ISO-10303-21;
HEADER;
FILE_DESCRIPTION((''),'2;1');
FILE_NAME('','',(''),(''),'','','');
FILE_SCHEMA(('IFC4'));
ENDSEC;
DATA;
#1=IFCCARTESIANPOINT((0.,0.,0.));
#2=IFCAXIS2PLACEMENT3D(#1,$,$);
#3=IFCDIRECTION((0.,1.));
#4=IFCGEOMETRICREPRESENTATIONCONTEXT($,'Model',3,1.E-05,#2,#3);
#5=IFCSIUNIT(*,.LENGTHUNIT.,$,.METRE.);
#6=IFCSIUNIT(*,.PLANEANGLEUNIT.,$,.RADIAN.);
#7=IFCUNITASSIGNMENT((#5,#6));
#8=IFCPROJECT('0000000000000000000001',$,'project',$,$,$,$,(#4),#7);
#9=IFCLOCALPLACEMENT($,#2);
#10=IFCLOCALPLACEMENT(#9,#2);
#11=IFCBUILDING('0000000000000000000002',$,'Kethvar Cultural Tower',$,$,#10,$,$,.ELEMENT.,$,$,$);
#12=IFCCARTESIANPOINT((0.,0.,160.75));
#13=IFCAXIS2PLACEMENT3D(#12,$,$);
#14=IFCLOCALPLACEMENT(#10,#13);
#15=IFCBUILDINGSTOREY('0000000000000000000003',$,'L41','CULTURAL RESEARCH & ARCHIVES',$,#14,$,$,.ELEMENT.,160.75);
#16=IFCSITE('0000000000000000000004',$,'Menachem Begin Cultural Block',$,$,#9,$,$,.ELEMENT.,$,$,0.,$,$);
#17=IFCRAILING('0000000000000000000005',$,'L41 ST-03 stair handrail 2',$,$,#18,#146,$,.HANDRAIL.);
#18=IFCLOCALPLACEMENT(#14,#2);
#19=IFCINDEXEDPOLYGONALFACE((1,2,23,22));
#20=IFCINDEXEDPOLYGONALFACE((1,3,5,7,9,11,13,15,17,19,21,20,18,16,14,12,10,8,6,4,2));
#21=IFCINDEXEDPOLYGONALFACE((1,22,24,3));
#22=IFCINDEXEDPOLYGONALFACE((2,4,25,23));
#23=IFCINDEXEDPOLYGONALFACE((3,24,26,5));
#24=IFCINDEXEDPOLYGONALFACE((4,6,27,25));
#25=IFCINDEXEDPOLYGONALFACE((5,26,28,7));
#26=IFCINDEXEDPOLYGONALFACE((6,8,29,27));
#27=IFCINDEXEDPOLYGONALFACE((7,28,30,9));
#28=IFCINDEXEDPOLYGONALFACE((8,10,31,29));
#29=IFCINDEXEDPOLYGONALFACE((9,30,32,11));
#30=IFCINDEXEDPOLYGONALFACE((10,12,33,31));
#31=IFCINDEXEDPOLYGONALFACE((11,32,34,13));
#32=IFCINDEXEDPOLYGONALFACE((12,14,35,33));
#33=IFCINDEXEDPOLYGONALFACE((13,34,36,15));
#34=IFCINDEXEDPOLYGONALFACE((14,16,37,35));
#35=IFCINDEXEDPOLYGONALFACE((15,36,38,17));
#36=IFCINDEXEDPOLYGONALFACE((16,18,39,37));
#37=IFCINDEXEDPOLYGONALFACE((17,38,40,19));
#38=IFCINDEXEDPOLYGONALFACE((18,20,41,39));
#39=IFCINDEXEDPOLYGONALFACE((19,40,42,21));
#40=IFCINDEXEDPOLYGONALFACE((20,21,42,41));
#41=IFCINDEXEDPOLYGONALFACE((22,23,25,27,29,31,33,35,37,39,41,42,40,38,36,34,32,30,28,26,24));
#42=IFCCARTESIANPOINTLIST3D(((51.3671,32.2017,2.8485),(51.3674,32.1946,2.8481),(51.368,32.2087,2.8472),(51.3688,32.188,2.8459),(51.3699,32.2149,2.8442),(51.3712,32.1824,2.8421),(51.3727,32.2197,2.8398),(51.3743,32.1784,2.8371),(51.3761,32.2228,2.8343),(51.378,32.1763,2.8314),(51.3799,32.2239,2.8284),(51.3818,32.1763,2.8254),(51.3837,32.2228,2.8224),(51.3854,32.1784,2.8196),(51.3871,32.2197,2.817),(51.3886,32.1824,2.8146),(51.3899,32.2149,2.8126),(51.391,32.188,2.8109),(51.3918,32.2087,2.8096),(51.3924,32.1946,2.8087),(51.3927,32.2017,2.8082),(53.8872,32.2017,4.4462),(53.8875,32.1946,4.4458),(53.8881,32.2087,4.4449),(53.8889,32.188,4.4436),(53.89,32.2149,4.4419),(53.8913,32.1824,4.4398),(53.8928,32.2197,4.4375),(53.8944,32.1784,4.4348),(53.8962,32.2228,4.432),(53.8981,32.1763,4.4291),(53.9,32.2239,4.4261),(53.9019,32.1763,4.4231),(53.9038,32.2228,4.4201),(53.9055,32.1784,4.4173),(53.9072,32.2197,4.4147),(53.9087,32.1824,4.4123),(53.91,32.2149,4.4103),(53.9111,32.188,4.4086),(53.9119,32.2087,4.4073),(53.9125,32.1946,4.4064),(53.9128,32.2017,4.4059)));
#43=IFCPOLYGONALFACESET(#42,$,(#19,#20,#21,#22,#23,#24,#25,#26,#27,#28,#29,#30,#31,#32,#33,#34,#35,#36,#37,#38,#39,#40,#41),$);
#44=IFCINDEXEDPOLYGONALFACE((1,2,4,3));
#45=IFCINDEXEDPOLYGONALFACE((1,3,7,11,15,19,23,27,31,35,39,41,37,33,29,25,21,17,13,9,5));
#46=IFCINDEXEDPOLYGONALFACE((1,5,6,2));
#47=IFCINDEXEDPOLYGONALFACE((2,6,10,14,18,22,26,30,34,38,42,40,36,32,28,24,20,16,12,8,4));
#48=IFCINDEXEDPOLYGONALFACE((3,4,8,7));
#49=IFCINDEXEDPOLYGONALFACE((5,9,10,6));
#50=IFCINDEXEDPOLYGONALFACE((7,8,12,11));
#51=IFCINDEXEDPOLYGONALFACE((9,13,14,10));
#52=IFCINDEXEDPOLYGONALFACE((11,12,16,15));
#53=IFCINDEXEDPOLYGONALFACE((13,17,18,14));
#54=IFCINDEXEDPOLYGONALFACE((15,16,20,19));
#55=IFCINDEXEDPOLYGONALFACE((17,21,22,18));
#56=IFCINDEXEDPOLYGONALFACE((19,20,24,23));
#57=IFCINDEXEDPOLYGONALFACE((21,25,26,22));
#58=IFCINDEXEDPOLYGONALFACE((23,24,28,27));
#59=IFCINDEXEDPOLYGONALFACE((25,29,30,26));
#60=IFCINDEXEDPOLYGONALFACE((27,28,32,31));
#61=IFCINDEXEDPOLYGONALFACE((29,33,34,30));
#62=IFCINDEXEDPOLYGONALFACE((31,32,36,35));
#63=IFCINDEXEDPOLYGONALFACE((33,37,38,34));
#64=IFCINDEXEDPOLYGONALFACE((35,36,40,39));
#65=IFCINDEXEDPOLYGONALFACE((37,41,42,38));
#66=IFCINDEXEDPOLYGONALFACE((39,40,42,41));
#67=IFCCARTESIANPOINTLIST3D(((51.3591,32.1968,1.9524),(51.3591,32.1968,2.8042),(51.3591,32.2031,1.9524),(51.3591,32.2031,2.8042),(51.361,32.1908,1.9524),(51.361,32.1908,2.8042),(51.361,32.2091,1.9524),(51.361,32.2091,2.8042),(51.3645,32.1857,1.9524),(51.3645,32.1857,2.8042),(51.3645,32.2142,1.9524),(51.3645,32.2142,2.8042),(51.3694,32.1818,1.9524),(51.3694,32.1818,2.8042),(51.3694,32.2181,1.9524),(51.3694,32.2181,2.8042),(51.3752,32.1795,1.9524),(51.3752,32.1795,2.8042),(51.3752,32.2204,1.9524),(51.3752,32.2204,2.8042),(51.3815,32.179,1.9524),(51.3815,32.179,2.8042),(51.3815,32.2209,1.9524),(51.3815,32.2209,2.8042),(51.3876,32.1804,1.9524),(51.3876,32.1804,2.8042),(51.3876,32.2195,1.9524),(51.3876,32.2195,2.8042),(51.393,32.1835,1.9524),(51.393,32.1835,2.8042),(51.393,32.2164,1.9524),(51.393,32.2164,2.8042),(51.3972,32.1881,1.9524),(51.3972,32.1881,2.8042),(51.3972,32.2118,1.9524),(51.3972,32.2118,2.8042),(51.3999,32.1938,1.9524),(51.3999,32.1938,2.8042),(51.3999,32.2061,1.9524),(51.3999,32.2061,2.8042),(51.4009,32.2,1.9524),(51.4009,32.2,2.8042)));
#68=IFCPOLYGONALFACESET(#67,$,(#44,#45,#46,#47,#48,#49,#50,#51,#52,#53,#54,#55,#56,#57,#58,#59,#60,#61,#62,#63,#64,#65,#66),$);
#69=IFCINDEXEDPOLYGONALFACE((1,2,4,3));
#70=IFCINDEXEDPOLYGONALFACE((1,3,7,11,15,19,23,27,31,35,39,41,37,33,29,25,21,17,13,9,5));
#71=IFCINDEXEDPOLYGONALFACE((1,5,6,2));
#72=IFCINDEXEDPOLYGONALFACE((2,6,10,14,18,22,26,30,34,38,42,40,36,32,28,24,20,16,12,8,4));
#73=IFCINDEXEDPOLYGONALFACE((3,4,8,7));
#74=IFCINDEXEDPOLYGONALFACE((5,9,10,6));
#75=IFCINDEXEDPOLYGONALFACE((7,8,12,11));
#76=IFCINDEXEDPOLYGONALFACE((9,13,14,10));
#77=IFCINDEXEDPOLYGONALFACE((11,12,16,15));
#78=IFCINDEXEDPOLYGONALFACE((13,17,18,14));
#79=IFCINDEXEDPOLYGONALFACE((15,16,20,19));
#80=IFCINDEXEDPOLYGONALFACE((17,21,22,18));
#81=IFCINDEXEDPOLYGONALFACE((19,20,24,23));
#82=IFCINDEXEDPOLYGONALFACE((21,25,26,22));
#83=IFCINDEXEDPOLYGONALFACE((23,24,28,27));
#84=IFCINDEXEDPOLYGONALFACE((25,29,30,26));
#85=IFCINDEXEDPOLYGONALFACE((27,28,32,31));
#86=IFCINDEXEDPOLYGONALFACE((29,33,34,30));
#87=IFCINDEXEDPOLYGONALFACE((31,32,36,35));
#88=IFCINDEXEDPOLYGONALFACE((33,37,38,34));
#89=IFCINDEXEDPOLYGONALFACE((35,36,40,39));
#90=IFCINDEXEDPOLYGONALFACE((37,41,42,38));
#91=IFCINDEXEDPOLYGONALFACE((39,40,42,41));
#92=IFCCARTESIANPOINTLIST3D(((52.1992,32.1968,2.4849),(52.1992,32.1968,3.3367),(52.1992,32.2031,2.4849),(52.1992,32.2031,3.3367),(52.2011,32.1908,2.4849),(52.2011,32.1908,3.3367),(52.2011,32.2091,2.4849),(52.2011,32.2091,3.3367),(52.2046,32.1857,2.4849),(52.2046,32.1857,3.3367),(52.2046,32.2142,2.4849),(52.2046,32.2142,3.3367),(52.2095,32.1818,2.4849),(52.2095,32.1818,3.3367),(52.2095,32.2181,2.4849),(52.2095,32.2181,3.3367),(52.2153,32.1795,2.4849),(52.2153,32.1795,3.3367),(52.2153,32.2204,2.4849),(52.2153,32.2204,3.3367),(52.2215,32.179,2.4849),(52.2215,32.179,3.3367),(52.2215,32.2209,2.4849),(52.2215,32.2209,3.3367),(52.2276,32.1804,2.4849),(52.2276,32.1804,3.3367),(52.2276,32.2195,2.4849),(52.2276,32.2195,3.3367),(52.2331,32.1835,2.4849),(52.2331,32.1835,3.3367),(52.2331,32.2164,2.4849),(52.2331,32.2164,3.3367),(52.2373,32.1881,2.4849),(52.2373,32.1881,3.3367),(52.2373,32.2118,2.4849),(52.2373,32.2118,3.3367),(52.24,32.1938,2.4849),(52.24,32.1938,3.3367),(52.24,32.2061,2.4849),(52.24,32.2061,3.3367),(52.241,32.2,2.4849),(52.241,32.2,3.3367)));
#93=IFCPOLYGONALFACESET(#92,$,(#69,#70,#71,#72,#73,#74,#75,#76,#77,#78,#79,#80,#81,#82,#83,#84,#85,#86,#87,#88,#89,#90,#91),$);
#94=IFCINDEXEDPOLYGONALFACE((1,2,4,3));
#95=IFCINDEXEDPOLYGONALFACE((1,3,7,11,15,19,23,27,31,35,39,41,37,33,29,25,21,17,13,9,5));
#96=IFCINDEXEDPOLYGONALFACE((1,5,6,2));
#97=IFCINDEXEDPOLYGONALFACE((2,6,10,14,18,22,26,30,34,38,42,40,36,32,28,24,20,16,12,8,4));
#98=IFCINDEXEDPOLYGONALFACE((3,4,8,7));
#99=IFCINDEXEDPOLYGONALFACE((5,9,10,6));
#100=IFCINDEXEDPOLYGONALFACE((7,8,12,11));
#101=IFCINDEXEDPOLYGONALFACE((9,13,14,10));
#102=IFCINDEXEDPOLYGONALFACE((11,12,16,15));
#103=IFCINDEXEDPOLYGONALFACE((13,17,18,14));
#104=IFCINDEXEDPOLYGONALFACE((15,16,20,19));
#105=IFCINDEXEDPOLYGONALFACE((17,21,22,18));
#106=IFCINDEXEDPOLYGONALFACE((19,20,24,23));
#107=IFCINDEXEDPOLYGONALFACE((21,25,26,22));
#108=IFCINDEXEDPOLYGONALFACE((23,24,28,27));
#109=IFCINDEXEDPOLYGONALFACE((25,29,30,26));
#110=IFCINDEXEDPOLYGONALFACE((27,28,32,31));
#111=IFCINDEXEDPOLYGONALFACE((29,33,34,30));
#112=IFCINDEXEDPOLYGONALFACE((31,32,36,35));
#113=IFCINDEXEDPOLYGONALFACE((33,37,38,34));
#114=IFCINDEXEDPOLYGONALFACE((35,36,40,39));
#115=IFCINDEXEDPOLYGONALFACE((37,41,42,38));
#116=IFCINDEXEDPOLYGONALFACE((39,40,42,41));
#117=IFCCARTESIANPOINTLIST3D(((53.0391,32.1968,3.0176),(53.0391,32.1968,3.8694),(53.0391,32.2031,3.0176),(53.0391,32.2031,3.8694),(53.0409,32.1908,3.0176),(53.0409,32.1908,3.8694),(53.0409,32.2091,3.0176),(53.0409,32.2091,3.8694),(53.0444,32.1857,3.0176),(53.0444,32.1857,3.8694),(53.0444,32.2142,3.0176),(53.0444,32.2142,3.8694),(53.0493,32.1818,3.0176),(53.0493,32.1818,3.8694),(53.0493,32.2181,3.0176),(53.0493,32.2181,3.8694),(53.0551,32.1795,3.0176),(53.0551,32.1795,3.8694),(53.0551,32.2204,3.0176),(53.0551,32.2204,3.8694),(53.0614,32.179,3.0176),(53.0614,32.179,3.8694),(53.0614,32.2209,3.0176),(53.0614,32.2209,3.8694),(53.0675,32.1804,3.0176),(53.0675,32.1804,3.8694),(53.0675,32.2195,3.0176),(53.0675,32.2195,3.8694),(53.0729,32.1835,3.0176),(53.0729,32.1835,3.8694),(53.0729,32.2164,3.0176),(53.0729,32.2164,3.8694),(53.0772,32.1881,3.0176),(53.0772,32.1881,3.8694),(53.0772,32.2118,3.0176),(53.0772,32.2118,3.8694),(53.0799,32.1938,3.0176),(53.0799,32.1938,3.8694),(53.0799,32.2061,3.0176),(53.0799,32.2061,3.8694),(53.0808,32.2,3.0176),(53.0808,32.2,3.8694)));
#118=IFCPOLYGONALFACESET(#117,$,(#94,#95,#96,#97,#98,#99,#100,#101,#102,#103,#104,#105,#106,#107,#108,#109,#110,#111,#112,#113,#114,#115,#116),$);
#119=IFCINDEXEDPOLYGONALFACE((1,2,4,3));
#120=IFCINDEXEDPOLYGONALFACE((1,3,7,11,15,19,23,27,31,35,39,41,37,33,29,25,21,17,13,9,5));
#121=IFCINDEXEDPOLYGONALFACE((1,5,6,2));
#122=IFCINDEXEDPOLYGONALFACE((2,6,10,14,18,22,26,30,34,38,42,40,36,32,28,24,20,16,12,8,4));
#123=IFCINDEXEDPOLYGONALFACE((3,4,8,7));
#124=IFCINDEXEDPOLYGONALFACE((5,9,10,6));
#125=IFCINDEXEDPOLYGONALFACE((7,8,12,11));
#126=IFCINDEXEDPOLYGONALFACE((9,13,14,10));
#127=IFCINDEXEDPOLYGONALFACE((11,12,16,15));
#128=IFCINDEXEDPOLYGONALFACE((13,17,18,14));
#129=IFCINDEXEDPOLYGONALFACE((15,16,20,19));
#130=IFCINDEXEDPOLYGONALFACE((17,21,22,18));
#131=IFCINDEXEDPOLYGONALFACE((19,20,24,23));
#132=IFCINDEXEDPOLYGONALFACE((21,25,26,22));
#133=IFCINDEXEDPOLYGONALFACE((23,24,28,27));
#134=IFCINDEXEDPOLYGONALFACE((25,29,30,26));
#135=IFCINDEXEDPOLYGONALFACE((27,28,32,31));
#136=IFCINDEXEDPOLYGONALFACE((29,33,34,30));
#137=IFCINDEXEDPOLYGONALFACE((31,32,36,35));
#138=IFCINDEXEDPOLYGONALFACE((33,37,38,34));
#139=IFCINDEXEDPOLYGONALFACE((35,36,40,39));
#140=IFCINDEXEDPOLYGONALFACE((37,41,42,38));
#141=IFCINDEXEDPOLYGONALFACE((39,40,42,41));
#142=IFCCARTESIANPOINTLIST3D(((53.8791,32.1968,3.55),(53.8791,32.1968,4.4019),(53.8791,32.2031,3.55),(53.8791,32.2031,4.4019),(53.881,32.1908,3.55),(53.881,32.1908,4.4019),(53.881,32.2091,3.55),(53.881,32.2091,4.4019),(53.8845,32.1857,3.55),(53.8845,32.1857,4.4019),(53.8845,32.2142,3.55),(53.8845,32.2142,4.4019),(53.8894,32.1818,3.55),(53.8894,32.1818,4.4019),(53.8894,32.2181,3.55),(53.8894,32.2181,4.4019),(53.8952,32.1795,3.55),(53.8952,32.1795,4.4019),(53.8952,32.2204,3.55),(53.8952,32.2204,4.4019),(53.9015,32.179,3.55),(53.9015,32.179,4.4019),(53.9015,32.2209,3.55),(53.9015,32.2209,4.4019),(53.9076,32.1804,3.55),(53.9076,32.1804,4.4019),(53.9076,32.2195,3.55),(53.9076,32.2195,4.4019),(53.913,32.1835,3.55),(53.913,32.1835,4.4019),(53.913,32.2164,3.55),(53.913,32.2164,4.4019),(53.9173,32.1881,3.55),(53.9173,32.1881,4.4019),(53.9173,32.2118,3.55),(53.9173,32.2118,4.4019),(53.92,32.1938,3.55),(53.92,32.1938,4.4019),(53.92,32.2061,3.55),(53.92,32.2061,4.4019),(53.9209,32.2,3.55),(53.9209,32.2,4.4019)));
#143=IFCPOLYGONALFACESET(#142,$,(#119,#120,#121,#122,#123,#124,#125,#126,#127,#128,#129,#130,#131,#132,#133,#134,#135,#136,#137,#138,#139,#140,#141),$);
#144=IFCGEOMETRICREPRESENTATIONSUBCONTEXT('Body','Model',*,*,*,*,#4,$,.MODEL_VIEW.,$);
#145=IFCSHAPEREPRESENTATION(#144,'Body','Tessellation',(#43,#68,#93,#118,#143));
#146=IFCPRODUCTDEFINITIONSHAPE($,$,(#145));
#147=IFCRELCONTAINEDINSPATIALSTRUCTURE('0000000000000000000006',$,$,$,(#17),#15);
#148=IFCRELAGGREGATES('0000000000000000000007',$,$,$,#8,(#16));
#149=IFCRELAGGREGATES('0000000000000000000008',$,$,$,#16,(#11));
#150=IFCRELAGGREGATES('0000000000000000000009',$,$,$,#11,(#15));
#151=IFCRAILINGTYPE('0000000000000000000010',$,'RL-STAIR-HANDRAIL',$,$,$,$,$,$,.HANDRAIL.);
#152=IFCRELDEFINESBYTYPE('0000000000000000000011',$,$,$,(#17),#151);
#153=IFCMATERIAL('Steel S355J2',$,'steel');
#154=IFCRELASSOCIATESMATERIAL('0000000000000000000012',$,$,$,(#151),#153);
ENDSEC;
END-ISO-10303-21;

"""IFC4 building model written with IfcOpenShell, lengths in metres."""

from ifc_helpers import new_model, si_unit, direction, frame, origin, origin_2d, place, context, subcontext, project, spatial, circle, extrude, material, type_object, element, save


model = new_model("IFC4")

# Units and contexts
model_context = context("Model", 3, precision=1e-05, world=origin(), true_north=direction((0.0, 1.0)))
body_context = subcontext(model_context, "Body", "Model", "MODEL_VIEW")
ifc_project = project(units=[si_unit("LENGTHUNIT", "METRE"), si_unit("PLANEANGLEUNIT", "RADIAN")], contexts=[model_context])

# Site, building, storey
site_placement = place(None, origin())
site = spatial("IfcSite", under=ifc_project, at=site_placement, Name="Menachem Begin Cultural Block", CompositionType="ELEMENT", RefElevation=0.0)
building_placement = place(site_placement, origin())
building = spatial("IfcBuilding", under=site, at=building_placement, Name="Kethvar Cultural Tower", CompositionType="ELEMENT")
storey_placement = place(building_placement, frame((0.0, 0.0, 160.75)))
storey = spatial("IfcBuildingStorey", under=building, at=storey_placement, Name="L41", Description="CULTURAL RESEARCH & ARCHIVES", CompositionType="ELEMENT", Elevation=160.75)

# Shared definitions
ifc_material_1 = material(Name="Steel S355J2", Category="steel")

# Railing
railing_type_1 = type_object("IfcRailingType", Name="RL-STAIR-HANDRAIL", PredefinedType="HANDRAIL", material=ifc_material_1)
railing_1_placement = place(storey_placement, frame((51.3799, 32.2, 1.9524)))
element("IfcRailing", 1, at=railing_1_placement, inside=storey, type_object=railing_type_1, Name="L41 ST-03 stair handrail 2", PredefinedType="HANDRAIL", context=body_context, shape_type="SweptSolid", body=[
    extrude(circle(Radius=0.0239, at=origin_2d()), frame((0.0, 0.0, 0.876), z_axis=(0.84457, 0.0, 0.535445), x_axis=(0.0, 1.0, 0.0)), (0.0, 0.0, 1.0), 2.9839),
    extrude(circle(Radius=0.021, at=origin_2d()), origin(), (0.0, 0.0, 1.0), 0.8518),
    extrude(circle(Radius=0.021, at=origin_2d()), frame((0.8401, 0.0, 0.5325)), (0.0, 0.0, 1.0), 0.8518),
    extrude(circle(Radius=0.021, at=origin_2d()), frame((1.6799, 0.0, 1.0652)), (0.0, 0.0, 1.0), 0.8518),
    extrude(circle(Radius=0.021, at=origin_2d()), frame((2.52, 0.0, 1.5977)), (0.0, 0.0, 1.0), 0.8518),
])

save(model, "model.ifc")
